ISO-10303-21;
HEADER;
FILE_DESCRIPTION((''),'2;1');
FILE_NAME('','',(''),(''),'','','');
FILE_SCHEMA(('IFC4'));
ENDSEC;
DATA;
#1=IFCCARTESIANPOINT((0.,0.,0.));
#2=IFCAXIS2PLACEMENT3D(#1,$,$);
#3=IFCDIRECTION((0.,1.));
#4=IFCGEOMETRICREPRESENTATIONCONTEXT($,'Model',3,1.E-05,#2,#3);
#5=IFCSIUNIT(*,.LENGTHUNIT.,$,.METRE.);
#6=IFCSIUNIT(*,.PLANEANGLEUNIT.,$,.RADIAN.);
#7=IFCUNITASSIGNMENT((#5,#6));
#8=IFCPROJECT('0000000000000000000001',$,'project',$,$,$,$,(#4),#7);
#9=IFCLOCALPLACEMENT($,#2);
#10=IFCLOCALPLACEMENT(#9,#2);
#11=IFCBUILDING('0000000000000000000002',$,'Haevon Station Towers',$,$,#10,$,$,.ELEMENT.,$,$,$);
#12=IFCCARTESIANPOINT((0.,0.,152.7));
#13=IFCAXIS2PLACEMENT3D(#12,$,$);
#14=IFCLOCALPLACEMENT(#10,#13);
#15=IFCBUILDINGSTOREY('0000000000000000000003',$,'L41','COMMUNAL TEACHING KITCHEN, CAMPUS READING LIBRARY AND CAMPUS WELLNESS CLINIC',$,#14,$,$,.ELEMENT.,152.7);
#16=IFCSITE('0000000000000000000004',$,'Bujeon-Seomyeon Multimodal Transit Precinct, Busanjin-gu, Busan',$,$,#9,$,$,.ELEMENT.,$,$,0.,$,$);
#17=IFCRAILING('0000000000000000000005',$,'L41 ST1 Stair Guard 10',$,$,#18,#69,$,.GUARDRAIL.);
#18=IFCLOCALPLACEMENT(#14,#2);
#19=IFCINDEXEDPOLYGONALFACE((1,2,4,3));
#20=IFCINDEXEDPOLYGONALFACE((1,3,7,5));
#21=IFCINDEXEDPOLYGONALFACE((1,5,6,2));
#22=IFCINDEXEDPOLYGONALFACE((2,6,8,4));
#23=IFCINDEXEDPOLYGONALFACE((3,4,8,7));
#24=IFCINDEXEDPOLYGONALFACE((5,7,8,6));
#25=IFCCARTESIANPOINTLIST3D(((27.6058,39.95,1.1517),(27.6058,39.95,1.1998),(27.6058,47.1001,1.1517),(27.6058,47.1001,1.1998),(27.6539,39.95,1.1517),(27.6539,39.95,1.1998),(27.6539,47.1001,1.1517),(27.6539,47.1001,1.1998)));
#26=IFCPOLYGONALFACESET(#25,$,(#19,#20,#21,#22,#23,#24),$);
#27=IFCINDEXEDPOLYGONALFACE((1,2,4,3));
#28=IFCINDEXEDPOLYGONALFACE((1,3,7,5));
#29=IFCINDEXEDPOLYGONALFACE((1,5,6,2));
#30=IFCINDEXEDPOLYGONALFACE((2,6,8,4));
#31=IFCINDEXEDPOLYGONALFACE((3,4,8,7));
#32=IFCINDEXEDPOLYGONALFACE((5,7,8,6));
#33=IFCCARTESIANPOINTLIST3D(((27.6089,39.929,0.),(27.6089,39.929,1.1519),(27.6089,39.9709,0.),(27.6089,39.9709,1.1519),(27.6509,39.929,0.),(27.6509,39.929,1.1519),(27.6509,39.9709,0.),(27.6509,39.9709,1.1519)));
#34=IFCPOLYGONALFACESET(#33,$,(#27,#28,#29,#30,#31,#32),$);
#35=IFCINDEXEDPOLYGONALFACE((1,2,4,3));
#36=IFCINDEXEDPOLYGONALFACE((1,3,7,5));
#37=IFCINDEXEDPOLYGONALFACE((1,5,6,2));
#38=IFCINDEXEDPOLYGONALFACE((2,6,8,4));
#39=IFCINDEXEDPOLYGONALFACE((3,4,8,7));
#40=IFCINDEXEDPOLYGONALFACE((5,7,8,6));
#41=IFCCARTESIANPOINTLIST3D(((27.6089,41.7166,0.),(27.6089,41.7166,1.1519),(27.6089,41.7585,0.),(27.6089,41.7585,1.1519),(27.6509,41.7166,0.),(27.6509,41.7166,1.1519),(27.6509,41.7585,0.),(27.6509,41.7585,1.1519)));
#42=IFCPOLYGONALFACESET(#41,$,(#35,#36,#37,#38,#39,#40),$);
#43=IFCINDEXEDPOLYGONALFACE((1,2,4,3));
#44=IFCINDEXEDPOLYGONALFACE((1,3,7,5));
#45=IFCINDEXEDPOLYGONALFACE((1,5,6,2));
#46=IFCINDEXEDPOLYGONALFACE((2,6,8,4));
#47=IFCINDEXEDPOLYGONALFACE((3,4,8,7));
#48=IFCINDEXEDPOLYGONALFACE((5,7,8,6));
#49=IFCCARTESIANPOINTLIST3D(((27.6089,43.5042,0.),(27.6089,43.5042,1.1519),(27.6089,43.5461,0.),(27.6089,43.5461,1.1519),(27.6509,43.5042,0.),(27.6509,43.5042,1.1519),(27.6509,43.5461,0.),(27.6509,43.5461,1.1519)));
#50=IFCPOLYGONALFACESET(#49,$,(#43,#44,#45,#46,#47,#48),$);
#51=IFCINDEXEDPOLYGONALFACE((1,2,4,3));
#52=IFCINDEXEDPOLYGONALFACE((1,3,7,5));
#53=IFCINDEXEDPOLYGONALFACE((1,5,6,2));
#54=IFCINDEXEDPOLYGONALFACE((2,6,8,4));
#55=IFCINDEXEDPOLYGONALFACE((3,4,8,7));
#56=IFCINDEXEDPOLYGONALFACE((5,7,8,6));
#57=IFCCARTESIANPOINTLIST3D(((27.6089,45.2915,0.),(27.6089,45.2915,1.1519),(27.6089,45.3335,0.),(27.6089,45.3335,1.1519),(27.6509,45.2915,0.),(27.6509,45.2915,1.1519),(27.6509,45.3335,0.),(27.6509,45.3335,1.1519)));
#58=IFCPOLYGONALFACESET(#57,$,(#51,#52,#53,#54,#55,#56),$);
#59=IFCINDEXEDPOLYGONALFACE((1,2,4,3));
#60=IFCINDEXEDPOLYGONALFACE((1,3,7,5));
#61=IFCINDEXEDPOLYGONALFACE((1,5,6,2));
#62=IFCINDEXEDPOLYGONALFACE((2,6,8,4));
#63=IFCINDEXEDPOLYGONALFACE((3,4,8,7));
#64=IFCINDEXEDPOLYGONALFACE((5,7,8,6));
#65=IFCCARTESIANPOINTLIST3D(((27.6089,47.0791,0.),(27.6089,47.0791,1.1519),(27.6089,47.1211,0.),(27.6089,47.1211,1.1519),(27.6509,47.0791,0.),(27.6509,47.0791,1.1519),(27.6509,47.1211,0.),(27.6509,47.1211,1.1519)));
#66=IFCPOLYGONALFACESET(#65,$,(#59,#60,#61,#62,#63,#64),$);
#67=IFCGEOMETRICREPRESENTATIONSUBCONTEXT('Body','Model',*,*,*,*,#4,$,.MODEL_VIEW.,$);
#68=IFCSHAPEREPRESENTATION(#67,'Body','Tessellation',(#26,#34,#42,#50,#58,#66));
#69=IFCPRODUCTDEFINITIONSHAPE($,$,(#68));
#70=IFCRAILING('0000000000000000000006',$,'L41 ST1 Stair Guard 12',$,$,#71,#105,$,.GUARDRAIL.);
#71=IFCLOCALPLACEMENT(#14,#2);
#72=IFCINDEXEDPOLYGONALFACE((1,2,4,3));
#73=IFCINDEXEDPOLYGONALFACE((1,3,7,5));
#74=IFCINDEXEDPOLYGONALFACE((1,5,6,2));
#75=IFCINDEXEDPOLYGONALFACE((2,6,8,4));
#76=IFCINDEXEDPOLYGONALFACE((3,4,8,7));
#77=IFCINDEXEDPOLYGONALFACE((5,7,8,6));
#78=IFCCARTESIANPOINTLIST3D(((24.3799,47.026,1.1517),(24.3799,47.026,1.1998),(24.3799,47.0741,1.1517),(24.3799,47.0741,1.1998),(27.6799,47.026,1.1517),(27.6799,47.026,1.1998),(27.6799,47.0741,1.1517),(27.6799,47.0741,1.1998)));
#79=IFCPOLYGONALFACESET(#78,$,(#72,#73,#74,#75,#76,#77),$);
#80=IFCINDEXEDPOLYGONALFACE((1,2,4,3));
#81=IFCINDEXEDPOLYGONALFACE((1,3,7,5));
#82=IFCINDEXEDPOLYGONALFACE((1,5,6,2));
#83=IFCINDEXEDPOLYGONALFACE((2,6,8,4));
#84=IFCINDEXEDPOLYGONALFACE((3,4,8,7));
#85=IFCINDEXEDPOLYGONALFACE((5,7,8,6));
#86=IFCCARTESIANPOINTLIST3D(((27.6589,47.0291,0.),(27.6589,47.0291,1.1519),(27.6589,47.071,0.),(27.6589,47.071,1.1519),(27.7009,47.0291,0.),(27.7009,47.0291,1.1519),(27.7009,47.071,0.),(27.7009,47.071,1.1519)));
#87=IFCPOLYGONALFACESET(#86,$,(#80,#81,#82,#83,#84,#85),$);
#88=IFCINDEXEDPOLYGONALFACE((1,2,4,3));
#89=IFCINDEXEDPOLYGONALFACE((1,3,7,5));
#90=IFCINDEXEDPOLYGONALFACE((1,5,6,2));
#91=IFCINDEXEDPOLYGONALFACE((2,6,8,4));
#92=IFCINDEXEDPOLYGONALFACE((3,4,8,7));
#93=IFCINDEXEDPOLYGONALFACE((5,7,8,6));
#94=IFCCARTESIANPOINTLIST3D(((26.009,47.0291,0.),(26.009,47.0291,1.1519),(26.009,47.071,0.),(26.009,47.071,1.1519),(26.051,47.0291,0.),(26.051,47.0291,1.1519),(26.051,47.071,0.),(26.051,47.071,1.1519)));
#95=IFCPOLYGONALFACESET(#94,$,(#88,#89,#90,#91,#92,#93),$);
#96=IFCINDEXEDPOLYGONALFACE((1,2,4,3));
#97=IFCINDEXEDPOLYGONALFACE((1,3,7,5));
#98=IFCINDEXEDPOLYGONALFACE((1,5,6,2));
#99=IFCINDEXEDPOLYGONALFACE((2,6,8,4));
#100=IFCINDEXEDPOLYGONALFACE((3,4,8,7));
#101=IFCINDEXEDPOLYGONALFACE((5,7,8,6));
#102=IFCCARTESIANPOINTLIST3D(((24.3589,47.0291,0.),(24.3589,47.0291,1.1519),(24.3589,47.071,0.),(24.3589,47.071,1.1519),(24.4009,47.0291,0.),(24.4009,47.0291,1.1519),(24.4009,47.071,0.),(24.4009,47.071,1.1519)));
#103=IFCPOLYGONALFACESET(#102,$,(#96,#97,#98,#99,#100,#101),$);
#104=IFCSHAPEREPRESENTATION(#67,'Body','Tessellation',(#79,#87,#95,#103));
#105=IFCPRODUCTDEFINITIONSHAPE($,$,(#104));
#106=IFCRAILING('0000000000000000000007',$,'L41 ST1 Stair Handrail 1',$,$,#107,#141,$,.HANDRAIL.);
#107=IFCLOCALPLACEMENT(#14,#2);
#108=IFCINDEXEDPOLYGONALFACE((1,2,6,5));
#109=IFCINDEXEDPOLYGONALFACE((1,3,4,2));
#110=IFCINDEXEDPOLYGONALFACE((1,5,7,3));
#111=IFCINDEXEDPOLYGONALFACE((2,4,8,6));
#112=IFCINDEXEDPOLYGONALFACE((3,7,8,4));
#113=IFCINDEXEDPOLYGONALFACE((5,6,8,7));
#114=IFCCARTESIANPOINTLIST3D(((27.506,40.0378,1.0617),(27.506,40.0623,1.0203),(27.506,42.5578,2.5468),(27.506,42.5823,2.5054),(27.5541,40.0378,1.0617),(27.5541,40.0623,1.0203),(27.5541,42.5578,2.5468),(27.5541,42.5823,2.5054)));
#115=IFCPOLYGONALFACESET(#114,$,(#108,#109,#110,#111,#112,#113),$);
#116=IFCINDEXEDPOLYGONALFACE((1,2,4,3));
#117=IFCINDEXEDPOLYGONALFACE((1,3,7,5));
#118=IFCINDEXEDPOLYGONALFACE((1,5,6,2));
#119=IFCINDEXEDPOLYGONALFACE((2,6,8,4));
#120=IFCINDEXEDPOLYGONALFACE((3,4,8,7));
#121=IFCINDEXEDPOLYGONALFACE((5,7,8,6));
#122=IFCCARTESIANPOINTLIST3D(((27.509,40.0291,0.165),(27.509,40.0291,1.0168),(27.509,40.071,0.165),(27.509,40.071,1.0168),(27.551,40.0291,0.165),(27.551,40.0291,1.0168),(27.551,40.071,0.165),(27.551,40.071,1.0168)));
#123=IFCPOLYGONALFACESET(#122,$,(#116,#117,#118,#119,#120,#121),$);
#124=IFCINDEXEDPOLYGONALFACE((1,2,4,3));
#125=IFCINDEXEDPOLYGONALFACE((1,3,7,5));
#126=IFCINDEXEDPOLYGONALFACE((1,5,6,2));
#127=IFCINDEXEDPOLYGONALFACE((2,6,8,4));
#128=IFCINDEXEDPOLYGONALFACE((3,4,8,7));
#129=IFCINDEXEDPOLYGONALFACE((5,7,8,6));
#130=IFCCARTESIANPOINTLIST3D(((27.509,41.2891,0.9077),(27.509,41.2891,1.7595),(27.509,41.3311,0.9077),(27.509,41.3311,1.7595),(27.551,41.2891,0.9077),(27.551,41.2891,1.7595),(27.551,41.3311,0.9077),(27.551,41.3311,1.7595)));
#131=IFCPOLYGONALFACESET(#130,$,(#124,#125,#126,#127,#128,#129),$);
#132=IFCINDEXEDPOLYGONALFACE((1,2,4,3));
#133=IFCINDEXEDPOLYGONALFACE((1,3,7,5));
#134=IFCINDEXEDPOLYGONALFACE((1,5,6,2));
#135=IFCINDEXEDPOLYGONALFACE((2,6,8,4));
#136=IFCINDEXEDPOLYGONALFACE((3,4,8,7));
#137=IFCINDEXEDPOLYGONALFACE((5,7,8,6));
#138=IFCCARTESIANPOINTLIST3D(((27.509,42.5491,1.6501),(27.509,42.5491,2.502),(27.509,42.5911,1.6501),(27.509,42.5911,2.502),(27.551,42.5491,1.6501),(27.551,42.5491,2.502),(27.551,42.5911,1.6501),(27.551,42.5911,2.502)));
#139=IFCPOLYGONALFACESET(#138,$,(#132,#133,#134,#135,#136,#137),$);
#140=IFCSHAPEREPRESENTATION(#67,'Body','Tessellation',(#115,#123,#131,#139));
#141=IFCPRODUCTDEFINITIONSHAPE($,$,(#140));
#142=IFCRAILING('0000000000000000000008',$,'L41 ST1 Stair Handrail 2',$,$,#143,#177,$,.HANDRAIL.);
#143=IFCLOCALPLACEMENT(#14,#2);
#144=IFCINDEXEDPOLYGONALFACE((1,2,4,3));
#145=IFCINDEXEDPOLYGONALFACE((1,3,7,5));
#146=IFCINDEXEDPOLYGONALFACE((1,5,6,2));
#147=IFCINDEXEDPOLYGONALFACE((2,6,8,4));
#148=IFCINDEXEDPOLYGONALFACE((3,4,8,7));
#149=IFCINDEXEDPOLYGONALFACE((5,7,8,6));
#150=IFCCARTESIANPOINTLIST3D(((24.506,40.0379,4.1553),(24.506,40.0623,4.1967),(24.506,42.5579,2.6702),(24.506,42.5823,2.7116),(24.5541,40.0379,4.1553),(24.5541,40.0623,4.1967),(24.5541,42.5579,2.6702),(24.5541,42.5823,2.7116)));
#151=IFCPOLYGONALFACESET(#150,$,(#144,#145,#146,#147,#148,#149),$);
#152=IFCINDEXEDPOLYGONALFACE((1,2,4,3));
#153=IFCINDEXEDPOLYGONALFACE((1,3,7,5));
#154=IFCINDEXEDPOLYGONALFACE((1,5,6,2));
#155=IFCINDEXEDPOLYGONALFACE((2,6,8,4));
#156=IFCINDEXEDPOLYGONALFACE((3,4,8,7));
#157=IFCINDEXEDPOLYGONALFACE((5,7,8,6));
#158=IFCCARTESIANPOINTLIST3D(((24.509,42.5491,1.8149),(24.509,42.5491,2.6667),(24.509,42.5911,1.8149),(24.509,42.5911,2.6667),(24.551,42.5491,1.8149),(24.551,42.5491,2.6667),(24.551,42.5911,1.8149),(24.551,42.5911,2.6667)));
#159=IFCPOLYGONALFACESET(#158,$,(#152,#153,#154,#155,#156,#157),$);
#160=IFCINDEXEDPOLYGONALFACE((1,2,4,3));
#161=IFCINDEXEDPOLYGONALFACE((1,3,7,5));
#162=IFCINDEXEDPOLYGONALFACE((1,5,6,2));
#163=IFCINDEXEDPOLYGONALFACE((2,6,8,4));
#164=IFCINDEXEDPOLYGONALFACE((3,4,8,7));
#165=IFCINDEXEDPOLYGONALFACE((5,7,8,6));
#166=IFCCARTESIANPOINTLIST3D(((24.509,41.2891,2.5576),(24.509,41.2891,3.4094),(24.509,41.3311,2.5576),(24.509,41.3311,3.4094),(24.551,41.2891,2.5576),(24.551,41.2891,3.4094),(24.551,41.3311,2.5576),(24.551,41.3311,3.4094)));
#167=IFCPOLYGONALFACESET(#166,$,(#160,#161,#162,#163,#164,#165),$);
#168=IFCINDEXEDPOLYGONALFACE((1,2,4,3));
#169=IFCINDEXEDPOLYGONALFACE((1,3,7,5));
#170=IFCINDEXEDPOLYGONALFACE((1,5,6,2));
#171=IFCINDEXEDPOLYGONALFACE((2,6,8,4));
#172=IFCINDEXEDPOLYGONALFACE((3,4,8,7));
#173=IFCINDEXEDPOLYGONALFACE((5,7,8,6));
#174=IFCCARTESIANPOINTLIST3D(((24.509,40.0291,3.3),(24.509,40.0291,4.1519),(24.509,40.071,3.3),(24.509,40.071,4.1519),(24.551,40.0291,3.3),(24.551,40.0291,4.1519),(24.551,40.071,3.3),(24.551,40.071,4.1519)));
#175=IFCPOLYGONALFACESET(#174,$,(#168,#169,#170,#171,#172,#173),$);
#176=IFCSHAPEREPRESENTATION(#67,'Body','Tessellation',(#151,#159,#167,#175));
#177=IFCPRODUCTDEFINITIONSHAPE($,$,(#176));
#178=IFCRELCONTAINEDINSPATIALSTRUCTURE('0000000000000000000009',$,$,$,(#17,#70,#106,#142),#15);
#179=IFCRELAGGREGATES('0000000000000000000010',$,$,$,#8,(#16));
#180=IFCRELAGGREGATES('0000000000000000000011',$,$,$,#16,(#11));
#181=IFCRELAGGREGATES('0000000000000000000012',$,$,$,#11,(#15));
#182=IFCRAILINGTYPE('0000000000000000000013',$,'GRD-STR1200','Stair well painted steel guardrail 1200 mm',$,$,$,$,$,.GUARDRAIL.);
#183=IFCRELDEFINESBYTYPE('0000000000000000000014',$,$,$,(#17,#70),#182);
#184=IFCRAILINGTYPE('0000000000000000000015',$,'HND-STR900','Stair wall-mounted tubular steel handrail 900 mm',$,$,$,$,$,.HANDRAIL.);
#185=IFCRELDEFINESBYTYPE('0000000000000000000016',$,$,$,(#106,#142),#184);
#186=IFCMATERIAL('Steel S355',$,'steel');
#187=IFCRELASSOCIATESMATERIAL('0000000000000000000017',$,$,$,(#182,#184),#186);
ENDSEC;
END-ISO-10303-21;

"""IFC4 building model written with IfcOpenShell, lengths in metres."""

from ifc_helpers import new_model, si_unit, direction, frame, origin, origin_2d, place, context, subcontext, project, spatial, rectangle, extrude, material, type_object, element, save


model = new_model("IFC4")

# Units and contexts
model_context = context("Model", 3, precision=1e-05, world=origin(), true_north=direction((0.0, 1.0)))
body_context = subcontext(model_context, "Body", "Model", "MODEL_VIEW")
ifc_project = project(units=[si_unit("LENGTHUNIT", "METRE"), si_unit("PLANEANGLEUNIT", "RADIAN")], contexts=[model_context])

# Site, building, storey
site_placement = place(None, origin())
site = spatial("IfcSite", under=ifc_project, at=site_placement, Name="Bujeon-Seomyeon Multimodal Transit Precinct, Busanjin-gu, Busan", CompositionType="ELEMENT", RefElevation=0.0)
building_placement = place(site_placement, origin())
building = spatial("IfcBuilding", under=site, at=building_placement, Name="Haevon Station Towers", CompositionType="ELEMENT")
storey_placement = place(building_placement, frame((0.0, 0.0, 152.7)))
storey = spatial("IfcBuildingStorey", under=building, at=storey_placement, Name="L41", Description="COMMUNAL TEACHING KITCHEN, CAMPUS READING LIBRARY AND CAMPUS WELLNESS CLINIC", CompositionType="ELEMENT", Elevation=152.7)

# Shared definitions
ifc_material_1 = material(Name="Steel S355", Category="steel")

# Railings
railing_type_1 = type_object("IfcRailingType", Name="GRD-STR1200", Description="Stair well painted steel guardrail 1200 mm", PredefinedType="GUARDRAIL", material=ifc_material_1)
railing_1_placement = place(storey_placement, frame((27.6299, 39.95, 0.0)))
element("IfcRailing", 1, at=railing_1_placement, inside=storey, type_object=railing_type_1, Name="L41 ST1 Stair Guard 10", PredefinedType="GUARDRAIL", context=body_context, shape_type="SweptSolid", body=[
    extrude(rectangle(XDim=0.0481, YDim=0.0481, at=origin_2d()), frame((0.0, 0.0, 1.1758), z_axis=(0.0, 1.0, 0.0), x_axis=(-1.0, 0.0, 0.0)), (0.0, 0.0, 1.0), 7.1501),
    extrude(rectangle(XDim=0.042, YDim=0.042, at=origin_2d()), origin(), (0.0, 0.0, 1.0), 1.1519),
    extrude(rectangle(XDim=0.042, YDim=0.042, at=origin_2d()), frame((0.0, 1.7876, 0.0)), (0.0, 0.0, 1.0), 1.1519),
    extrude(rectangle(XDim=0.042, YDim=0.042, at=origin_2d()), frame((0.0, 3.5752, 0.0)), (0.0, 0.0, 1.0), 1.1519),
    extrude(rectangle(XDim=0.042, YDim=0.042, at=origin_2d()), frame((0.0, 5.3625, 0.0)), (0.0, 0.0, 1.0), 1.1519),
    extrude(rectangle(XDim=0.042, YDim=0.042, at=origin_2d()), frame((0.0, 7.1501, 0.0)), (0.0, 0.0, 1.0), 1.1519),
])
railing_2_placement = place(storey_placement, frame((27.6799, 47.05, 0.0)))
element("IfcRailing", 2, at=railing_2_placement, inside=storey, type_object=railing_type_1, Name="L41 ST1 Stair Guard 12", PredefinedType="GUARDRAIL", context=body_context, shape_type="SweptSolid", body=[
    extrude(rectangle(XDim=0.0481, YDim=0.0481, at=origin_2d()), frame((0.0, 0.0, 1.1758), z_axis=(-1.0, 0.0, 0.0), x_axis=(0.0, -1.0, 0.0)), (0.0, 0.0, 1.0), 3.3),
    extrude(rectangle(XDim=0.042, YDim=0.042, at=origin_2d()), origin(), (0.0, 0.0, 1.0), 1.1519),
    extrude(rectangle(XDim=0.042, YDim=0.042, at=origin_2d()), frame((-1.6499, 0.0, 0.0)), (0.0, 0.0, 1.0), 1.1519),
    extrude(rectangle(XDim=0.042, YDim=0.042, at=origin_2d()), frame((-3.3, 0.0, 0.0)), (0.0, 0.0, 1.0), 1.1519),
])
railing_type_2 = type_object("IfcRailingType", Name="HND-STR900", Description="Stair wall-mounted tubular steel handrail 900 mm", PredefinedType="HANDRAIL", material=ifc_material_1)
railing_3_placement = place(storey_placement, frame((27.53, 40.05, 0.165)))
element("IfcRailing", 3, at=railing_3_placement, inside=storey, type_object=railing_type_2, Name="L41 ST1 Stair Handrail 1", PredefinedType="HANDRAIL", context=body_context, shape_type="SweptSolid", body=[
    extrude(rectangle(XDim=0.0481, YDim=0.0481, at=origin_2d()), frame((0.0, 0.0, 0.876), z_axis=(0.0, 0.861524, 0.507717), x_axis=(-1.0, 0.0, 0.0)), (0.0, 0.0, 1.0), 2.925),
    extrude(rectangle(XDim=0.042, YDim=0.042, at=origin_2d()), origin(), (0.0, 0.0, 1.0), 0.8518),
    extrude(rectangle(XDim=0.042, YDim=0.042, at=origin_2d()), frame((0.0, 1.26, 0.7427)), (0.0, 0.0, 1.0), 0.8518),
    extrude(rectangle(XDim=0.042, YDim=0.042, at=origin_2d()), frame((0.0, 2.52, 1.4851)), (0.0, 0.0, 1.0), 0.8518),
])
railing_4_placement = place(storey_placement, frame((24.53, 42.5701, 1.8149)))
element("IfcRailing", 4, at=railing_4_placement, inside=storey, type_object=railing_type_2, Name="L41 ST1 Stair Handrail 2", PredefinedType="HANDRAIL", context=body_context, shape_type="SweptSolid", body=[
    extrude(rectangle(XDim=0.0481, YDim=0.0481, at=origin_2d()), frame((0.0, 0.0, 0.876), z_axis=(0.0, -0.861524, 0.507717), x_axis=(1.0, 0.0, 0.0)), (0.0, 0.0, 1.0), 2.925),
    extrude(rectangle(XDim=0.042, YDim=0.042, at=origin_2d()), origin(), (0.0, 0.0, 1.0), 0.8518),
    extrude(rectangle(XDim=0.042, YDim=0.042, at=origin_2d()), frame((0.0, -1.26, 0.7427)), (0.0, 0.0, 1.0), 0.8518),
    extrude(rectangle(XDim=0.042, YDim=0.042, at=origin_2d()), frame((0.0, -2.52, 1.4851)), (0.0, 0.0, 1.0), 0.8518),
])

save(model, "model.ifc")
